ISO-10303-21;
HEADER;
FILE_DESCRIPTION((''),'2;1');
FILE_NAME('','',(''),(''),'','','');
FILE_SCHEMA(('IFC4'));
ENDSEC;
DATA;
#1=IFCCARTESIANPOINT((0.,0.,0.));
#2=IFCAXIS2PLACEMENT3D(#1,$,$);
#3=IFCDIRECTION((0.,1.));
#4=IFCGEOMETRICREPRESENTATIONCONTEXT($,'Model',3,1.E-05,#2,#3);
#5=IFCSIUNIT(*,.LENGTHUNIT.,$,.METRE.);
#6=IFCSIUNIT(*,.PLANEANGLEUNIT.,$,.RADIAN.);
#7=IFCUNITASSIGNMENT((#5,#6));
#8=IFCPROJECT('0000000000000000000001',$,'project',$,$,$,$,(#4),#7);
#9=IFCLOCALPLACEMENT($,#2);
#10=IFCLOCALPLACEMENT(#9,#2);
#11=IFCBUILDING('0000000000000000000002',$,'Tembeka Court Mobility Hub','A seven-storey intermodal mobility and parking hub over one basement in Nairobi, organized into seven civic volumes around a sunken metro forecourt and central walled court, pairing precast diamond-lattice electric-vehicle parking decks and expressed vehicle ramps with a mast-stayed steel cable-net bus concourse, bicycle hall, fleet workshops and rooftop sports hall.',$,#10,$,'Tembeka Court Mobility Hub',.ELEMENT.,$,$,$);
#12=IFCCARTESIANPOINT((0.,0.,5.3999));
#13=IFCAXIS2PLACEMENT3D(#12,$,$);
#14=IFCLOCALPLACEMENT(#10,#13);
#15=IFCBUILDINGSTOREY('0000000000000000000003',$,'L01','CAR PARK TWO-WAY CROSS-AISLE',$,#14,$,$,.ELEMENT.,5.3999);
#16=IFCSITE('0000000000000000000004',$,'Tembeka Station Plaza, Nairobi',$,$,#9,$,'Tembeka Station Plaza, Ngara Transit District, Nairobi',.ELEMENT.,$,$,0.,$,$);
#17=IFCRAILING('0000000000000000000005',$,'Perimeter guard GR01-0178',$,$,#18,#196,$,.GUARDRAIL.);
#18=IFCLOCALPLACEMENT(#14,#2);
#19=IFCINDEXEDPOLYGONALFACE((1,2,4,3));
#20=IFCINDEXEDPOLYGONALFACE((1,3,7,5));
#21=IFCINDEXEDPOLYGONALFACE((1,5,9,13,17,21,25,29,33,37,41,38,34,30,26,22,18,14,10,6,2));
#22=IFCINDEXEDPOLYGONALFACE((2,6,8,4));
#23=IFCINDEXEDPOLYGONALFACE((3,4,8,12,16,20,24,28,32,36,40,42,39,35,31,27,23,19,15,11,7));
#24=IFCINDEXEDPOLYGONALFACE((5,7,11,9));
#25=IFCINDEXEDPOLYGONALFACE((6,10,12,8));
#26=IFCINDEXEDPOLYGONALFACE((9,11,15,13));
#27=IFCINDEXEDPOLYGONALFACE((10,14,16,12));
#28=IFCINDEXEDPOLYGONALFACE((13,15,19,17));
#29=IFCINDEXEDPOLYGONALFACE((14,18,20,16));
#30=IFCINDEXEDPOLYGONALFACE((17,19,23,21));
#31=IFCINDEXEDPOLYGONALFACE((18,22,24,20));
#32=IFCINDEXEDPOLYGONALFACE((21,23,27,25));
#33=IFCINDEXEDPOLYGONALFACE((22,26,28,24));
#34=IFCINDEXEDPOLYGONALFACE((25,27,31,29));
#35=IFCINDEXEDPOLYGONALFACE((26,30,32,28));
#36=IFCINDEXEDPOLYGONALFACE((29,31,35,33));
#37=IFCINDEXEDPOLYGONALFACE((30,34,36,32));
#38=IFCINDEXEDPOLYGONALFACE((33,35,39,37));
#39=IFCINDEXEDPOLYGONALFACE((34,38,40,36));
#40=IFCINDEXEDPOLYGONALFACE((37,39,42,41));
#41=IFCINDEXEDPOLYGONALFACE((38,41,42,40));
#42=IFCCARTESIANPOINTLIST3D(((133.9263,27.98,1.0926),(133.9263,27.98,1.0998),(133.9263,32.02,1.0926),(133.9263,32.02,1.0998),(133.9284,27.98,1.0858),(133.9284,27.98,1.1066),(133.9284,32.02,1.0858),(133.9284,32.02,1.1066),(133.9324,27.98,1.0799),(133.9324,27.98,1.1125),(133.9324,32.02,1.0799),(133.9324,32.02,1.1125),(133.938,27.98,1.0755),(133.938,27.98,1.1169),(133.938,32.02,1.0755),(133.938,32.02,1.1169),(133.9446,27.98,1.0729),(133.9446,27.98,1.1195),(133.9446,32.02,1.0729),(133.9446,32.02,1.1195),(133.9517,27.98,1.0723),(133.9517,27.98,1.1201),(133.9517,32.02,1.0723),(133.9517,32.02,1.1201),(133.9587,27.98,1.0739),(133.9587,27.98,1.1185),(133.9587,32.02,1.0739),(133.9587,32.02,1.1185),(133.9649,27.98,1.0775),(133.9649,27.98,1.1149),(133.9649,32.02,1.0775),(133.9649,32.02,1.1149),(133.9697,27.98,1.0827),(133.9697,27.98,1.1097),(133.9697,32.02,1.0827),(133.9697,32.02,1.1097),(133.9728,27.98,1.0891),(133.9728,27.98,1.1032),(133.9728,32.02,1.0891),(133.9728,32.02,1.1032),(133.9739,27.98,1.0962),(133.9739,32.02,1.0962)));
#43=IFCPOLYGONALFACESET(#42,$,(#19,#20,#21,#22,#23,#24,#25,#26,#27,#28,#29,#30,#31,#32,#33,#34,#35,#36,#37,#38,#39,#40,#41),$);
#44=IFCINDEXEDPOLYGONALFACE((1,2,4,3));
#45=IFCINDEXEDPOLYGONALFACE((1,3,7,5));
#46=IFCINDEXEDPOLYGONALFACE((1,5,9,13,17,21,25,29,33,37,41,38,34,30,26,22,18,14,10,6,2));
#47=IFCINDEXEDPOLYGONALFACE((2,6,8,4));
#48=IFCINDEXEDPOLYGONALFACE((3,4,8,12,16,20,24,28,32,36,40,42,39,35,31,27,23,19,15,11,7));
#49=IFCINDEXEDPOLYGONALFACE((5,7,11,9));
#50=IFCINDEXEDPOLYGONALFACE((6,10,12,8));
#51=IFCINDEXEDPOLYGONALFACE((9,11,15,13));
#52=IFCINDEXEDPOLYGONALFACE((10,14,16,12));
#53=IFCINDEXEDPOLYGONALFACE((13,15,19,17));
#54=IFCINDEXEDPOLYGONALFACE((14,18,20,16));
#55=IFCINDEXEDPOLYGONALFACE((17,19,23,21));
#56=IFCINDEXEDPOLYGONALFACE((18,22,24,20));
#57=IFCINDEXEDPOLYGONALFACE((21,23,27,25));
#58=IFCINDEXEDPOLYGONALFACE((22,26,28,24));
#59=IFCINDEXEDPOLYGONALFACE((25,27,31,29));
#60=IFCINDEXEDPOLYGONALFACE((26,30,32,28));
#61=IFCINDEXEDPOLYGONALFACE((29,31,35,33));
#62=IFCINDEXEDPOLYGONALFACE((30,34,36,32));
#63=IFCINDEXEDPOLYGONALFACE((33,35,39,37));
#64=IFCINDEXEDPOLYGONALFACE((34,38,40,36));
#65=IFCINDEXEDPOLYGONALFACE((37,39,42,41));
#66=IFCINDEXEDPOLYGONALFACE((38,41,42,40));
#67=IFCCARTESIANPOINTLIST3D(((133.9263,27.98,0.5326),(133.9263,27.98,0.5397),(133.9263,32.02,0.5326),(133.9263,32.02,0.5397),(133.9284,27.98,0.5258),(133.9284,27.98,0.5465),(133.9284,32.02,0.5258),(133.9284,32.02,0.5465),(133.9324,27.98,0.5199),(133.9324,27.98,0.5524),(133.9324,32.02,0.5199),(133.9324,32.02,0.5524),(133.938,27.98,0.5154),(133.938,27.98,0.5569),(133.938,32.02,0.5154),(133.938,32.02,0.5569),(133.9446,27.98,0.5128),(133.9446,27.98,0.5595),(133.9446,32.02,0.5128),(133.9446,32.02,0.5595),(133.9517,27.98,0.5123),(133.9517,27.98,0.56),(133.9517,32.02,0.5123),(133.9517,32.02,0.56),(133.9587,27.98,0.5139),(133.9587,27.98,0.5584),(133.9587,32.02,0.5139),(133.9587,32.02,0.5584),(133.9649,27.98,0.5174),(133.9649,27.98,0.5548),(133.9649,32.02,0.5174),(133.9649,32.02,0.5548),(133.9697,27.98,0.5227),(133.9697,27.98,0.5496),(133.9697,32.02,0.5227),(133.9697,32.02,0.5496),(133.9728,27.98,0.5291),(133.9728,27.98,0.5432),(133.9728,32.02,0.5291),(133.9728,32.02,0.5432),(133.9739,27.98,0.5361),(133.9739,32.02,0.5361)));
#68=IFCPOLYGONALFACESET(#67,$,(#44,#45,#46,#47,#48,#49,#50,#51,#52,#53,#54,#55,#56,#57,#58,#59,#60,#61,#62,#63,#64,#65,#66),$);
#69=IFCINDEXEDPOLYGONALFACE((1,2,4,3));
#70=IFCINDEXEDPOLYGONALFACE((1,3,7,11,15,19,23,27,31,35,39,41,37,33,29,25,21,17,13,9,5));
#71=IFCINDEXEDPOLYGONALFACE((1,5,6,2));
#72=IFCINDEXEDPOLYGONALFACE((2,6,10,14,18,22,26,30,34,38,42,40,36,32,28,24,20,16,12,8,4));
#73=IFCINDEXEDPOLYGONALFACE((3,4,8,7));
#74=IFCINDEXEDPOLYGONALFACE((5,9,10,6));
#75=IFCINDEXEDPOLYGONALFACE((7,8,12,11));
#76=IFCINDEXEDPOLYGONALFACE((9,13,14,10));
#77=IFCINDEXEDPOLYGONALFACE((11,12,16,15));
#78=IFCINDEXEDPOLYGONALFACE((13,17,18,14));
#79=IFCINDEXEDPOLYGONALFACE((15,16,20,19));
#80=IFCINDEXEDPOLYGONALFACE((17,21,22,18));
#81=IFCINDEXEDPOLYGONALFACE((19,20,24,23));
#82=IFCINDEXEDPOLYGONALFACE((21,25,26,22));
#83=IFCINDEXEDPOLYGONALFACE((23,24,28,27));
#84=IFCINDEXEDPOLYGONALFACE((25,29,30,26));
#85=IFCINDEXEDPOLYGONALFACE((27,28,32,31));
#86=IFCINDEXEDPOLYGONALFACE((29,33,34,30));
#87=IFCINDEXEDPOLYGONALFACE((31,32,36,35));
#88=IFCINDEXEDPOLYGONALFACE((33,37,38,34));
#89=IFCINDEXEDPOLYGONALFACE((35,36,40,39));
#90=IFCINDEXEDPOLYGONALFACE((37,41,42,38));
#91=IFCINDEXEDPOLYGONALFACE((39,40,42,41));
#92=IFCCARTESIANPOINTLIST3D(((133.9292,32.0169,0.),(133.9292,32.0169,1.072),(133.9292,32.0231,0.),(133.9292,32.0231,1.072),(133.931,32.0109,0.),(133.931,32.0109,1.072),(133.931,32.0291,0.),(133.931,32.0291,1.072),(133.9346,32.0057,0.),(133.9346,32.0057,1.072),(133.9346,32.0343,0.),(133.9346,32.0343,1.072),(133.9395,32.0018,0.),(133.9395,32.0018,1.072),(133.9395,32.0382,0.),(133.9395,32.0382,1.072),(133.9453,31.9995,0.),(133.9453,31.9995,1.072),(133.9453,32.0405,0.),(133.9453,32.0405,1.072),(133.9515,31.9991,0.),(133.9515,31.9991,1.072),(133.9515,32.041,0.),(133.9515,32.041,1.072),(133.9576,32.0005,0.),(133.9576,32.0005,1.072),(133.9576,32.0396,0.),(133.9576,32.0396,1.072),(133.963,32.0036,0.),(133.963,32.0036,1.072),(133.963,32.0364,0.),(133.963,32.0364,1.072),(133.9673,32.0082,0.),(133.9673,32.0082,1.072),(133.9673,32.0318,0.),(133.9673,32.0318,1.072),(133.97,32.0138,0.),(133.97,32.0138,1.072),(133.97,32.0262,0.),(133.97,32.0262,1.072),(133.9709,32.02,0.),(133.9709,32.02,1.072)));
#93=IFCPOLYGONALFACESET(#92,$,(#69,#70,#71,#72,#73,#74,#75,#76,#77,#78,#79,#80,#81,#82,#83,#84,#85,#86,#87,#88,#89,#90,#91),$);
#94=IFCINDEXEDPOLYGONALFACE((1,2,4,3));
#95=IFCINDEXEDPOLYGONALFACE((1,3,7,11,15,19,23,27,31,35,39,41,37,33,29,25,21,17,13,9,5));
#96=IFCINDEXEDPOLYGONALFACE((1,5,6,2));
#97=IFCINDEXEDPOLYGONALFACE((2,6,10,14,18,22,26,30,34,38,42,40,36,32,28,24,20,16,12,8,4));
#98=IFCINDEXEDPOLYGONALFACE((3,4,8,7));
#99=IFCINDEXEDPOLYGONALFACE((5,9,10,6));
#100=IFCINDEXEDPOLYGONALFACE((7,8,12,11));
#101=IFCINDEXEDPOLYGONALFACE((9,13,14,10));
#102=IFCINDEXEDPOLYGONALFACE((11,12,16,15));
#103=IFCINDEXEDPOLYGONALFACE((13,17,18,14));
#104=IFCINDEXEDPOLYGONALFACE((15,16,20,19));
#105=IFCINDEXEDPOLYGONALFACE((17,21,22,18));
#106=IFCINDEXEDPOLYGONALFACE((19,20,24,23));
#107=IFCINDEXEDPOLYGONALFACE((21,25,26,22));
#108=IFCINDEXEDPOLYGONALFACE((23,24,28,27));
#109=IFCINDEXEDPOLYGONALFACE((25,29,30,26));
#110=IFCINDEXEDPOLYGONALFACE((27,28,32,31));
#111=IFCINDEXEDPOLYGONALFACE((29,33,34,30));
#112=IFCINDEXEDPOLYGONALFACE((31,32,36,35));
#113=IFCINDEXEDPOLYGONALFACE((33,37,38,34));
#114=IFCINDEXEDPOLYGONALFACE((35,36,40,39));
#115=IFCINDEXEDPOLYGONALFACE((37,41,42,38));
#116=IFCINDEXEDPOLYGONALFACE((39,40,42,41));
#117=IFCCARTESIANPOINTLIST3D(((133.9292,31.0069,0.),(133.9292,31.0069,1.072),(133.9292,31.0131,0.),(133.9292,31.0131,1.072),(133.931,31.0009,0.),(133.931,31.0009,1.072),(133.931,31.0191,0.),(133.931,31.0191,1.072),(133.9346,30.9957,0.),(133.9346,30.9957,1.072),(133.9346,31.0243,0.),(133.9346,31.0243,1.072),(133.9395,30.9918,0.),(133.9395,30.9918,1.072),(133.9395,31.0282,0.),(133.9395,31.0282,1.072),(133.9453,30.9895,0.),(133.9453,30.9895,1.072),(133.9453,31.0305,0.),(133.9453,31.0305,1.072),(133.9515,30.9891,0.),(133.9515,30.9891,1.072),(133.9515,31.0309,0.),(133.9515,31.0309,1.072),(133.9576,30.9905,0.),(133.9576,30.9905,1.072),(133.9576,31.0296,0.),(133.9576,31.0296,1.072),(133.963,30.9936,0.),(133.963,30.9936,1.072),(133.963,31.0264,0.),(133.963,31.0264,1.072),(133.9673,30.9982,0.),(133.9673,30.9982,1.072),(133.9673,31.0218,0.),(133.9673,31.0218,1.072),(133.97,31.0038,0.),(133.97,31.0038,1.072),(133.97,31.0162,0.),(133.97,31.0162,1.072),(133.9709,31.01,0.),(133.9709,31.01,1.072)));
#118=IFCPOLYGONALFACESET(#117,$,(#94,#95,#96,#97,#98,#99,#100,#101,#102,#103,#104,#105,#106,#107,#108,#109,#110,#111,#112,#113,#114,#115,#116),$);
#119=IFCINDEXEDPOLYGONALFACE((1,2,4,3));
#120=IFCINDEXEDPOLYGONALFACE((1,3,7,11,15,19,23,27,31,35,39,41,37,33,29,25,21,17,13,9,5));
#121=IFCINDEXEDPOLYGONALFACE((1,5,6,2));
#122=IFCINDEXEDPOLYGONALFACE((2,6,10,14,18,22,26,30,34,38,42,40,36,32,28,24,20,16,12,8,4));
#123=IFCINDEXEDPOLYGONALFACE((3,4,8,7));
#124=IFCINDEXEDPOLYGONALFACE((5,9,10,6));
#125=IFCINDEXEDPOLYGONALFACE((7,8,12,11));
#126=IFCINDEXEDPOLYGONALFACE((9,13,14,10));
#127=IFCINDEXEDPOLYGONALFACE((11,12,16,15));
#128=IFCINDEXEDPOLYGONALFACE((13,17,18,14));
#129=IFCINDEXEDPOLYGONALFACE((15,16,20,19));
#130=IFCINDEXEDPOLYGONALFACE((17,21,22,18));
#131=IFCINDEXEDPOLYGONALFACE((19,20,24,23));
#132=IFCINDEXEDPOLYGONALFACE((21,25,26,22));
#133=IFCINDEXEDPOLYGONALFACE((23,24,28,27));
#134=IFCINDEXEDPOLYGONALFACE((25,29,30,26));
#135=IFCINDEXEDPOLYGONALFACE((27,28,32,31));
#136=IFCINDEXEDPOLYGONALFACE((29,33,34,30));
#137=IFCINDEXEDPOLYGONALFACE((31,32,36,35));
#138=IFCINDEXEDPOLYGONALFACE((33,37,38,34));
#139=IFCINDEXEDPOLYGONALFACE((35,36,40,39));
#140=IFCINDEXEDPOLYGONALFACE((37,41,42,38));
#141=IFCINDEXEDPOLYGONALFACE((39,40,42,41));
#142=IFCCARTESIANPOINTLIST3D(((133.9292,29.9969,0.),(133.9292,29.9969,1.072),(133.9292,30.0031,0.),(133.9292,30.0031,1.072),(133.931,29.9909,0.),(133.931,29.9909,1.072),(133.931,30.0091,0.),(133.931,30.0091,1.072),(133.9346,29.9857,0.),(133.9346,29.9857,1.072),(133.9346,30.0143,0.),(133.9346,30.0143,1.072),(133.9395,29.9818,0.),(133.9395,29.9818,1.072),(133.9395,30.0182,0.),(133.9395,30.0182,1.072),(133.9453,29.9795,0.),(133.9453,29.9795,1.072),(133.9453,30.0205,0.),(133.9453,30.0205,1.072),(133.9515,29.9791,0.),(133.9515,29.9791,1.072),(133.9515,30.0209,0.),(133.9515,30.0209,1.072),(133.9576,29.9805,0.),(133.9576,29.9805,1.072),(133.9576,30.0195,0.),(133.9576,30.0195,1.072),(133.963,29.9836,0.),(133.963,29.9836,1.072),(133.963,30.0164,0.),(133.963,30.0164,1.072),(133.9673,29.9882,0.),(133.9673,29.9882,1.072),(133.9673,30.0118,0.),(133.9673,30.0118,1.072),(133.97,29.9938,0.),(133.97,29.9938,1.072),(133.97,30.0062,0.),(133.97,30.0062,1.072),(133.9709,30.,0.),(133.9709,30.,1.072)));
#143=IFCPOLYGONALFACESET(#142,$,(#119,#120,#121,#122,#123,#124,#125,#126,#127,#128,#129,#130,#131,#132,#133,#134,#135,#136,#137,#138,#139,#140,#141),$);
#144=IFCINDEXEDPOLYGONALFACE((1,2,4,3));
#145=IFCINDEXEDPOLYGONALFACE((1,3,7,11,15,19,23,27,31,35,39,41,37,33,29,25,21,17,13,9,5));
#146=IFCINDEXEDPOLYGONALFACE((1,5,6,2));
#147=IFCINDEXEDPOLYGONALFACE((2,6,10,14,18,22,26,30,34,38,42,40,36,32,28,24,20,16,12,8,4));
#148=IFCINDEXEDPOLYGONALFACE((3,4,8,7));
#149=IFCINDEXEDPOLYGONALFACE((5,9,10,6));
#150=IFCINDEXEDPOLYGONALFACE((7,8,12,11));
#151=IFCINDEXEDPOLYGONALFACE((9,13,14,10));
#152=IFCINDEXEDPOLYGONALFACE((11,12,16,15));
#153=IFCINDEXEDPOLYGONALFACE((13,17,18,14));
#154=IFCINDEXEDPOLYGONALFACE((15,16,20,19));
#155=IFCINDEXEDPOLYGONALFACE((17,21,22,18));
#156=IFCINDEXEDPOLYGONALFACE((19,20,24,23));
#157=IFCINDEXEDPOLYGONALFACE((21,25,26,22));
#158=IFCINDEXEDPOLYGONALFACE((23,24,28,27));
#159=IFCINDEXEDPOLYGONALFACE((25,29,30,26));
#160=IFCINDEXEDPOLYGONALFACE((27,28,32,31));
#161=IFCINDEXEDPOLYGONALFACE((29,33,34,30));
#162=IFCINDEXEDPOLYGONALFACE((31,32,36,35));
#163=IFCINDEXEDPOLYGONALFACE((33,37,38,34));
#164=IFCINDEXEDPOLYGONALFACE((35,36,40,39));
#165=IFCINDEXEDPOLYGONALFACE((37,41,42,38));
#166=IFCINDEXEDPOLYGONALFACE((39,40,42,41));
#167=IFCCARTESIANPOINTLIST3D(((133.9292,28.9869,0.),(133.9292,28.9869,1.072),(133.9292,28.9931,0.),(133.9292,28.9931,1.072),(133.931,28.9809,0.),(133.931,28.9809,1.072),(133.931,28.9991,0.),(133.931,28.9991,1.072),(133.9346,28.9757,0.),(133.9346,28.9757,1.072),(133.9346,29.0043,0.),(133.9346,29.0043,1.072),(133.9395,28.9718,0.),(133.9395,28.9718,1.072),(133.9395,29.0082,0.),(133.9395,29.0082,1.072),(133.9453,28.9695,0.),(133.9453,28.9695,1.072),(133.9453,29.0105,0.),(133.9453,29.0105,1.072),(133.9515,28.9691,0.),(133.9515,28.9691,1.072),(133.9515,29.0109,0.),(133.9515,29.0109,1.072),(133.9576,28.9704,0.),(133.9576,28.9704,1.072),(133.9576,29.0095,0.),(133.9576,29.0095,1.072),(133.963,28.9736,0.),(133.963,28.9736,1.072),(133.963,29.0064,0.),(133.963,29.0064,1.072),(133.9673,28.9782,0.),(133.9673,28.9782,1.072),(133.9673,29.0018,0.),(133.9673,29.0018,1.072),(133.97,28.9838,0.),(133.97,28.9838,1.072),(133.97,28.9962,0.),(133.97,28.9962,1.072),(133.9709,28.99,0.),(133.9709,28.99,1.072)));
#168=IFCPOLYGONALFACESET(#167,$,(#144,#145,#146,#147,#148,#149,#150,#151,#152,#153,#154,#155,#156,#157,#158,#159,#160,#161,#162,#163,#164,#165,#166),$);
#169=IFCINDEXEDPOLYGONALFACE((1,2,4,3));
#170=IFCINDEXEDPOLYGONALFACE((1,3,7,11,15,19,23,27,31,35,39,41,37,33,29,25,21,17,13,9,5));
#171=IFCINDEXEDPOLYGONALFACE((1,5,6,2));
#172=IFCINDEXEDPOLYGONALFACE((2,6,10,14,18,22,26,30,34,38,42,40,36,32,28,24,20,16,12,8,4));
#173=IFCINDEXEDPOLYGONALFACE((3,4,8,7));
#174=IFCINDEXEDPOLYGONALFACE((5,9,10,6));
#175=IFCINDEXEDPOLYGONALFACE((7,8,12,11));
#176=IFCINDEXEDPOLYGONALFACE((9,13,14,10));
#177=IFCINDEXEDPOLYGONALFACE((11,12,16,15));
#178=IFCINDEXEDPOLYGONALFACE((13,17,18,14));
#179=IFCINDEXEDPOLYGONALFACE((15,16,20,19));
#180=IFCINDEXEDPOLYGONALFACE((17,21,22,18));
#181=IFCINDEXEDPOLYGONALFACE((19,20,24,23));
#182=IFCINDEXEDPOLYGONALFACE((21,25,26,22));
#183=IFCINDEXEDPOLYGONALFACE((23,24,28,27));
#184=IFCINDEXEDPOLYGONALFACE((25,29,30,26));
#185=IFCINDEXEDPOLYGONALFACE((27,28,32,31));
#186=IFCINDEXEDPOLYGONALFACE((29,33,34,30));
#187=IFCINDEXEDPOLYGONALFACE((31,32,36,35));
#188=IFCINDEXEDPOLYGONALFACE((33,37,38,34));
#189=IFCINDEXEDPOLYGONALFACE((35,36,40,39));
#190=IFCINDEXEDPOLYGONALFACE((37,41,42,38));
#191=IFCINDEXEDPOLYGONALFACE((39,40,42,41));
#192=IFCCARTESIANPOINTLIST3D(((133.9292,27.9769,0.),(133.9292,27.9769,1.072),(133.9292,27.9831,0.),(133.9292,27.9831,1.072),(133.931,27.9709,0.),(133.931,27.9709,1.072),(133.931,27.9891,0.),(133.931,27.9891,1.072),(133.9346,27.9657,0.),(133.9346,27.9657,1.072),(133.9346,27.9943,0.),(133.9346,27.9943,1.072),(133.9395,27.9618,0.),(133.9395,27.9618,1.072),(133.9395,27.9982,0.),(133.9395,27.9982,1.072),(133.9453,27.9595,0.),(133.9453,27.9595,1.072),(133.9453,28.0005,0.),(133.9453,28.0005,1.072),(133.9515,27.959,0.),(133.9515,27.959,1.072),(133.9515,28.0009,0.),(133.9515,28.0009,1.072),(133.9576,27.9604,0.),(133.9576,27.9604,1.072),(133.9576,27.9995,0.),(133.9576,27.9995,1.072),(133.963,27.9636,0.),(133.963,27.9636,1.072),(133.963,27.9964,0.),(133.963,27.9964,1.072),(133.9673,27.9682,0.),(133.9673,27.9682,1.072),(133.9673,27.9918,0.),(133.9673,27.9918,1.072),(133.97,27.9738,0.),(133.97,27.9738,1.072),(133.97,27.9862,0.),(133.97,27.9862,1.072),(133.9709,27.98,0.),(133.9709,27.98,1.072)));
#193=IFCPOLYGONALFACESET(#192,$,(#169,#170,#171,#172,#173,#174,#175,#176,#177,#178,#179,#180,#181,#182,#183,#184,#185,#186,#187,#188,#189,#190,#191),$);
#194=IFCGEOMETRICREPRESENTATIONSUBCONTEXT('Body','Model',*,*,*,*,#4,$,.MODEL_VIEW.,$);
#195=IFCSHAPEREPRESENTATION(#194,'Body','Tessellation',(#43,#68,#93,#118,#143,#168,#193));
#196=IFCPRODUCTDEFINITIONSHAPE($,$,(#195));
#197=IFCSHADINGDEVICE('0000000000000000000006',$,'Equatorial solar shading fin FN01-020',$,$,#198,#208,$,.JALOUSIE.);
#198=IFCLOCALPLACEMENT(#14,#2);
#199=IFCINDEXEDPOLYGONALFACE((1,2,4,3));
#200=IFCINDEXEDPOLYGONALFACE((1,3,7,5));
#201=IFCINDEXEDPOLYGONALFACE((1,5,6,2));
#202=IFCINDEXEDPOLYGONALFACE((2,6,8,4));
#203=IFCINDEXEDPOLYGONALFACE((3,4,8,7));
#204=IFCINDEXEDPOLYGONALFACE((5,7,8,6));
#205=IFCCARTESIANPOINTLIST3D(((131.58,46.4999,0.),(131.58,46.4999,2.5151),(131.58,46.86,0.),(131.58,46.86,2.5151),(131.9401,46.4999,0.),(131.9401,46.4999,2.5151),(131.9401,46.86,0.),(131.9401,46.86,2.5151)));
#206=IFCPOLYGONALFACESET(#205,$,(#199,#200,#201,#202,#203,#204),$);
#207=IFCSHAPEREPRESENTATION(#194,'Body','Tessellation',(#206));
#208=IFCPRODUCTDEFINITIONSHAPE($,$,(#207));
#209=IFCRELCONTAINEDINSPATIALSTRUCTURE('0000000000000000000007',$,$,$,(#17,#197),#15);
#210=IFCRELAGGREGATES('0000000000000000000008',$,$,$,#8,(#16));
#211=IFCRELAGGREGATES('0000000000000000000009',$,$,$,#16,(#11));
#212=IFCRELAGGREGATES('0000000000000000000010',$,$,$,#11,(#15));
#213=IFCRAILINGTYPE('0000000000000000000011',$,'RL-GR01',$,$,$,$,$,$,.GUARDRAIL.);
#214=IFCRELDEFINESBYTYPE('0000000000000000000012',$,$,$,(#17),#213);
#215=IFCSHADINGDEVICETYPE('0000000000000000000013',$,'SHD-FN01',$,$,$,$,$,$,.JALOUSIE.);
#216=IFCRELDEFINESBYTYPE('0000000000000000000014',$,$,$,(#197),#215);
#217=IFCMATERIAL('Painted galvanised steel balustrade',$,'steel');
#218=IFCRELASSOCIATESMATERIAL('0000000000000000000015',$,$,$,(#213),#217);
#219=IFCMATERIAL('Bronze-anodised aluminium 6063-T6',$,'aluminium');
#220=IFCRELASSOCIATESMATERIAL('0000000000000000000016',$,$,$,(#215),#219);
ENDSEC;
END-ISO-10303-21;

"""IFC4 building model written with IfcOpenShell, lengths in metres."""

from ifc_helpers import new_model, si_unit, direction, frame, origin, origin_2d, place, context, subcontext, project, spatial, rectangle, circle, extrude, material, material_profile, profile_set, type_object, element, save


model = new_model("IFC4")

# Units and contexts
model_context = context("Model", 3, precision=1e-05, world=origin(), true_north=direction((0.0, 1.0)))
body_context = subcontext(model_context, "Body", "Model", "MODEL_VIEW")
ifc_project = project(units=[si_unit("LENGTHUNIT", "METRE"), si_unit("PLANEANGLEUNIT", "RADIAN")], contexts=[model_context])

# Site, building, storey
site_placement = place(None, origin())
site = spatial("IfcSite", under=ifc_project, at=site_placement, Name="Tembeka Station Plaza, Nairobi", LongName="Tembeka Station Plaza, Ngara Transit District, Nairobi", CompositionType="ELEMENT", RefElevation=0.0)
building_placement = place(site_placement, origin())
building = spatial("IfcBuilding", under=site, at=building_placement, Name="Tembeka Court Mobility Hub", Description="A seven-storey intermodal mobility and parking hub over one basement in Nairobi, organized into seven civic volumes around a sunken metro forecourt and central walled court, pairing precast diamond-lattice electric-vehicle parking decks and expressed vehicle ramps with a mast-stayed steel cable-net bus concourse, bicycle hall, fleet workshops and rooftop sports hall.", LongName="Tembeka Court Mobility Hub", CompositionType="ELEMENT")
storey_placement = place(building_placement, frame((0.0, 0.0, 5.3999)))
storey = spatial("IfcBuildingStorey", under=building, at=storey_placement, Name="L01", Description="CAR PARK TWO-WAY CROSS-AISLE", CompositionType="ELEMENT", Elevation=5.3999)

# Railing
ifc_material_1 = material(Name="Painted galvanised steel balustrade", Category="steel")
railing_type = type_object("IfcRailingType", Name="RL-GR01", PredefinedType="GUARDRAIL", material=ifc_material_1)
railing_placement = place(storey_placement, frame((133.95, 32.02, 0.0)))
element("IfcRailing", 1, at=railing_placement, inside=storey, type_object=railing_type, Name="Perimeter guard GR01-0178", PredefinedType="GUARDRAIL", context=body_context, shape_type="SweptSolid", body=[
    extrude(circle(Radius=0.0239, at=origin_2d()), frame((0.0, 0.0, 1.0962), z_axis=(0.0, -1.0, 0.0), x_axis=(1.0, 0.0, 0.0)), (0.0, 0.0, 1.0), 4.04),
    extrude(circle(Radius=0.0239, at=origin_2d()), frame((0.0, 0.0, 0.5361), z_axis=(0.0, -1.0, 0.0), x_axis=(1.0, 0.0, 0.0)), (0.0, 0.0, 1.0), 4.04),
    extrude(circle(Radius=0.021, at=origin_2d()), origin(), (0.0, 0.0, 1.0), 1.072),
    extrude(circle(Radius=0.021, at=origin_2d()), frame((0.0, -1.01, 0.0)), (0.0, 0.0, 1.0), 1.072),
    extrude(circle(Radius=0.021, at=origin_2d()), frame((0.0, -2.02, 0.0)), (0.0, 0.0, 1.0), 1.072),
    extrude(circle(Radius=0.021, at=origin_2d()), frame((0.0, -3.03, 0.0)), (0.0, 0.0, 1.0), 1.072),
    extrude(circle(Radius=0.021, at=origin_2d()), frame((0.0, -4.04, 0.0)), (0.0, 0.0, 1.0), 1.072),
])

# Shading device
ifc_material_2 = material(Name="Bronze-anodised aluminium 6063-T6", Category="aluminium")
ifc_material_profile_1 = material_profile(ifc_material_2, rectangle(XDim=0.3601, YDim=0.3601, at=origin_2d()), Name="ALU-FIN 360x360")
ifc_profile_set_1 = profile_set([ifc_material_profile_1], Name="Bronze-anodised aluminium 6063-T6")
shading_device_type = type_object("IfcShadingDeviceType", Name="SHD-FN01", PredefinedType="JALOUSIE", material=ifc_profile_set_1)
shading_device_placement = place(storey_placement, frame((131.76, 46.6799, 0.0), z_axis=(0.0, 0.0, 1.0), x_axis=(1.0, 0.0, 0.0)))
element("IfcShadingDevice", 2, at=shading_device_placement, inside=storey, type_object=shading_device_type, Name="Equatorial solar shading fin FN01-020", PredefinedType="JALOUSIE", context=body_context, shape_type="SweptSolid", body=[
    extrude(rectangle(XDim=0.3601, YDim=0.3601, at=origin_2d()), origin(), (0.0, 0.0, 1.0), 2.5151),
])

save(model, "model.ifc")
